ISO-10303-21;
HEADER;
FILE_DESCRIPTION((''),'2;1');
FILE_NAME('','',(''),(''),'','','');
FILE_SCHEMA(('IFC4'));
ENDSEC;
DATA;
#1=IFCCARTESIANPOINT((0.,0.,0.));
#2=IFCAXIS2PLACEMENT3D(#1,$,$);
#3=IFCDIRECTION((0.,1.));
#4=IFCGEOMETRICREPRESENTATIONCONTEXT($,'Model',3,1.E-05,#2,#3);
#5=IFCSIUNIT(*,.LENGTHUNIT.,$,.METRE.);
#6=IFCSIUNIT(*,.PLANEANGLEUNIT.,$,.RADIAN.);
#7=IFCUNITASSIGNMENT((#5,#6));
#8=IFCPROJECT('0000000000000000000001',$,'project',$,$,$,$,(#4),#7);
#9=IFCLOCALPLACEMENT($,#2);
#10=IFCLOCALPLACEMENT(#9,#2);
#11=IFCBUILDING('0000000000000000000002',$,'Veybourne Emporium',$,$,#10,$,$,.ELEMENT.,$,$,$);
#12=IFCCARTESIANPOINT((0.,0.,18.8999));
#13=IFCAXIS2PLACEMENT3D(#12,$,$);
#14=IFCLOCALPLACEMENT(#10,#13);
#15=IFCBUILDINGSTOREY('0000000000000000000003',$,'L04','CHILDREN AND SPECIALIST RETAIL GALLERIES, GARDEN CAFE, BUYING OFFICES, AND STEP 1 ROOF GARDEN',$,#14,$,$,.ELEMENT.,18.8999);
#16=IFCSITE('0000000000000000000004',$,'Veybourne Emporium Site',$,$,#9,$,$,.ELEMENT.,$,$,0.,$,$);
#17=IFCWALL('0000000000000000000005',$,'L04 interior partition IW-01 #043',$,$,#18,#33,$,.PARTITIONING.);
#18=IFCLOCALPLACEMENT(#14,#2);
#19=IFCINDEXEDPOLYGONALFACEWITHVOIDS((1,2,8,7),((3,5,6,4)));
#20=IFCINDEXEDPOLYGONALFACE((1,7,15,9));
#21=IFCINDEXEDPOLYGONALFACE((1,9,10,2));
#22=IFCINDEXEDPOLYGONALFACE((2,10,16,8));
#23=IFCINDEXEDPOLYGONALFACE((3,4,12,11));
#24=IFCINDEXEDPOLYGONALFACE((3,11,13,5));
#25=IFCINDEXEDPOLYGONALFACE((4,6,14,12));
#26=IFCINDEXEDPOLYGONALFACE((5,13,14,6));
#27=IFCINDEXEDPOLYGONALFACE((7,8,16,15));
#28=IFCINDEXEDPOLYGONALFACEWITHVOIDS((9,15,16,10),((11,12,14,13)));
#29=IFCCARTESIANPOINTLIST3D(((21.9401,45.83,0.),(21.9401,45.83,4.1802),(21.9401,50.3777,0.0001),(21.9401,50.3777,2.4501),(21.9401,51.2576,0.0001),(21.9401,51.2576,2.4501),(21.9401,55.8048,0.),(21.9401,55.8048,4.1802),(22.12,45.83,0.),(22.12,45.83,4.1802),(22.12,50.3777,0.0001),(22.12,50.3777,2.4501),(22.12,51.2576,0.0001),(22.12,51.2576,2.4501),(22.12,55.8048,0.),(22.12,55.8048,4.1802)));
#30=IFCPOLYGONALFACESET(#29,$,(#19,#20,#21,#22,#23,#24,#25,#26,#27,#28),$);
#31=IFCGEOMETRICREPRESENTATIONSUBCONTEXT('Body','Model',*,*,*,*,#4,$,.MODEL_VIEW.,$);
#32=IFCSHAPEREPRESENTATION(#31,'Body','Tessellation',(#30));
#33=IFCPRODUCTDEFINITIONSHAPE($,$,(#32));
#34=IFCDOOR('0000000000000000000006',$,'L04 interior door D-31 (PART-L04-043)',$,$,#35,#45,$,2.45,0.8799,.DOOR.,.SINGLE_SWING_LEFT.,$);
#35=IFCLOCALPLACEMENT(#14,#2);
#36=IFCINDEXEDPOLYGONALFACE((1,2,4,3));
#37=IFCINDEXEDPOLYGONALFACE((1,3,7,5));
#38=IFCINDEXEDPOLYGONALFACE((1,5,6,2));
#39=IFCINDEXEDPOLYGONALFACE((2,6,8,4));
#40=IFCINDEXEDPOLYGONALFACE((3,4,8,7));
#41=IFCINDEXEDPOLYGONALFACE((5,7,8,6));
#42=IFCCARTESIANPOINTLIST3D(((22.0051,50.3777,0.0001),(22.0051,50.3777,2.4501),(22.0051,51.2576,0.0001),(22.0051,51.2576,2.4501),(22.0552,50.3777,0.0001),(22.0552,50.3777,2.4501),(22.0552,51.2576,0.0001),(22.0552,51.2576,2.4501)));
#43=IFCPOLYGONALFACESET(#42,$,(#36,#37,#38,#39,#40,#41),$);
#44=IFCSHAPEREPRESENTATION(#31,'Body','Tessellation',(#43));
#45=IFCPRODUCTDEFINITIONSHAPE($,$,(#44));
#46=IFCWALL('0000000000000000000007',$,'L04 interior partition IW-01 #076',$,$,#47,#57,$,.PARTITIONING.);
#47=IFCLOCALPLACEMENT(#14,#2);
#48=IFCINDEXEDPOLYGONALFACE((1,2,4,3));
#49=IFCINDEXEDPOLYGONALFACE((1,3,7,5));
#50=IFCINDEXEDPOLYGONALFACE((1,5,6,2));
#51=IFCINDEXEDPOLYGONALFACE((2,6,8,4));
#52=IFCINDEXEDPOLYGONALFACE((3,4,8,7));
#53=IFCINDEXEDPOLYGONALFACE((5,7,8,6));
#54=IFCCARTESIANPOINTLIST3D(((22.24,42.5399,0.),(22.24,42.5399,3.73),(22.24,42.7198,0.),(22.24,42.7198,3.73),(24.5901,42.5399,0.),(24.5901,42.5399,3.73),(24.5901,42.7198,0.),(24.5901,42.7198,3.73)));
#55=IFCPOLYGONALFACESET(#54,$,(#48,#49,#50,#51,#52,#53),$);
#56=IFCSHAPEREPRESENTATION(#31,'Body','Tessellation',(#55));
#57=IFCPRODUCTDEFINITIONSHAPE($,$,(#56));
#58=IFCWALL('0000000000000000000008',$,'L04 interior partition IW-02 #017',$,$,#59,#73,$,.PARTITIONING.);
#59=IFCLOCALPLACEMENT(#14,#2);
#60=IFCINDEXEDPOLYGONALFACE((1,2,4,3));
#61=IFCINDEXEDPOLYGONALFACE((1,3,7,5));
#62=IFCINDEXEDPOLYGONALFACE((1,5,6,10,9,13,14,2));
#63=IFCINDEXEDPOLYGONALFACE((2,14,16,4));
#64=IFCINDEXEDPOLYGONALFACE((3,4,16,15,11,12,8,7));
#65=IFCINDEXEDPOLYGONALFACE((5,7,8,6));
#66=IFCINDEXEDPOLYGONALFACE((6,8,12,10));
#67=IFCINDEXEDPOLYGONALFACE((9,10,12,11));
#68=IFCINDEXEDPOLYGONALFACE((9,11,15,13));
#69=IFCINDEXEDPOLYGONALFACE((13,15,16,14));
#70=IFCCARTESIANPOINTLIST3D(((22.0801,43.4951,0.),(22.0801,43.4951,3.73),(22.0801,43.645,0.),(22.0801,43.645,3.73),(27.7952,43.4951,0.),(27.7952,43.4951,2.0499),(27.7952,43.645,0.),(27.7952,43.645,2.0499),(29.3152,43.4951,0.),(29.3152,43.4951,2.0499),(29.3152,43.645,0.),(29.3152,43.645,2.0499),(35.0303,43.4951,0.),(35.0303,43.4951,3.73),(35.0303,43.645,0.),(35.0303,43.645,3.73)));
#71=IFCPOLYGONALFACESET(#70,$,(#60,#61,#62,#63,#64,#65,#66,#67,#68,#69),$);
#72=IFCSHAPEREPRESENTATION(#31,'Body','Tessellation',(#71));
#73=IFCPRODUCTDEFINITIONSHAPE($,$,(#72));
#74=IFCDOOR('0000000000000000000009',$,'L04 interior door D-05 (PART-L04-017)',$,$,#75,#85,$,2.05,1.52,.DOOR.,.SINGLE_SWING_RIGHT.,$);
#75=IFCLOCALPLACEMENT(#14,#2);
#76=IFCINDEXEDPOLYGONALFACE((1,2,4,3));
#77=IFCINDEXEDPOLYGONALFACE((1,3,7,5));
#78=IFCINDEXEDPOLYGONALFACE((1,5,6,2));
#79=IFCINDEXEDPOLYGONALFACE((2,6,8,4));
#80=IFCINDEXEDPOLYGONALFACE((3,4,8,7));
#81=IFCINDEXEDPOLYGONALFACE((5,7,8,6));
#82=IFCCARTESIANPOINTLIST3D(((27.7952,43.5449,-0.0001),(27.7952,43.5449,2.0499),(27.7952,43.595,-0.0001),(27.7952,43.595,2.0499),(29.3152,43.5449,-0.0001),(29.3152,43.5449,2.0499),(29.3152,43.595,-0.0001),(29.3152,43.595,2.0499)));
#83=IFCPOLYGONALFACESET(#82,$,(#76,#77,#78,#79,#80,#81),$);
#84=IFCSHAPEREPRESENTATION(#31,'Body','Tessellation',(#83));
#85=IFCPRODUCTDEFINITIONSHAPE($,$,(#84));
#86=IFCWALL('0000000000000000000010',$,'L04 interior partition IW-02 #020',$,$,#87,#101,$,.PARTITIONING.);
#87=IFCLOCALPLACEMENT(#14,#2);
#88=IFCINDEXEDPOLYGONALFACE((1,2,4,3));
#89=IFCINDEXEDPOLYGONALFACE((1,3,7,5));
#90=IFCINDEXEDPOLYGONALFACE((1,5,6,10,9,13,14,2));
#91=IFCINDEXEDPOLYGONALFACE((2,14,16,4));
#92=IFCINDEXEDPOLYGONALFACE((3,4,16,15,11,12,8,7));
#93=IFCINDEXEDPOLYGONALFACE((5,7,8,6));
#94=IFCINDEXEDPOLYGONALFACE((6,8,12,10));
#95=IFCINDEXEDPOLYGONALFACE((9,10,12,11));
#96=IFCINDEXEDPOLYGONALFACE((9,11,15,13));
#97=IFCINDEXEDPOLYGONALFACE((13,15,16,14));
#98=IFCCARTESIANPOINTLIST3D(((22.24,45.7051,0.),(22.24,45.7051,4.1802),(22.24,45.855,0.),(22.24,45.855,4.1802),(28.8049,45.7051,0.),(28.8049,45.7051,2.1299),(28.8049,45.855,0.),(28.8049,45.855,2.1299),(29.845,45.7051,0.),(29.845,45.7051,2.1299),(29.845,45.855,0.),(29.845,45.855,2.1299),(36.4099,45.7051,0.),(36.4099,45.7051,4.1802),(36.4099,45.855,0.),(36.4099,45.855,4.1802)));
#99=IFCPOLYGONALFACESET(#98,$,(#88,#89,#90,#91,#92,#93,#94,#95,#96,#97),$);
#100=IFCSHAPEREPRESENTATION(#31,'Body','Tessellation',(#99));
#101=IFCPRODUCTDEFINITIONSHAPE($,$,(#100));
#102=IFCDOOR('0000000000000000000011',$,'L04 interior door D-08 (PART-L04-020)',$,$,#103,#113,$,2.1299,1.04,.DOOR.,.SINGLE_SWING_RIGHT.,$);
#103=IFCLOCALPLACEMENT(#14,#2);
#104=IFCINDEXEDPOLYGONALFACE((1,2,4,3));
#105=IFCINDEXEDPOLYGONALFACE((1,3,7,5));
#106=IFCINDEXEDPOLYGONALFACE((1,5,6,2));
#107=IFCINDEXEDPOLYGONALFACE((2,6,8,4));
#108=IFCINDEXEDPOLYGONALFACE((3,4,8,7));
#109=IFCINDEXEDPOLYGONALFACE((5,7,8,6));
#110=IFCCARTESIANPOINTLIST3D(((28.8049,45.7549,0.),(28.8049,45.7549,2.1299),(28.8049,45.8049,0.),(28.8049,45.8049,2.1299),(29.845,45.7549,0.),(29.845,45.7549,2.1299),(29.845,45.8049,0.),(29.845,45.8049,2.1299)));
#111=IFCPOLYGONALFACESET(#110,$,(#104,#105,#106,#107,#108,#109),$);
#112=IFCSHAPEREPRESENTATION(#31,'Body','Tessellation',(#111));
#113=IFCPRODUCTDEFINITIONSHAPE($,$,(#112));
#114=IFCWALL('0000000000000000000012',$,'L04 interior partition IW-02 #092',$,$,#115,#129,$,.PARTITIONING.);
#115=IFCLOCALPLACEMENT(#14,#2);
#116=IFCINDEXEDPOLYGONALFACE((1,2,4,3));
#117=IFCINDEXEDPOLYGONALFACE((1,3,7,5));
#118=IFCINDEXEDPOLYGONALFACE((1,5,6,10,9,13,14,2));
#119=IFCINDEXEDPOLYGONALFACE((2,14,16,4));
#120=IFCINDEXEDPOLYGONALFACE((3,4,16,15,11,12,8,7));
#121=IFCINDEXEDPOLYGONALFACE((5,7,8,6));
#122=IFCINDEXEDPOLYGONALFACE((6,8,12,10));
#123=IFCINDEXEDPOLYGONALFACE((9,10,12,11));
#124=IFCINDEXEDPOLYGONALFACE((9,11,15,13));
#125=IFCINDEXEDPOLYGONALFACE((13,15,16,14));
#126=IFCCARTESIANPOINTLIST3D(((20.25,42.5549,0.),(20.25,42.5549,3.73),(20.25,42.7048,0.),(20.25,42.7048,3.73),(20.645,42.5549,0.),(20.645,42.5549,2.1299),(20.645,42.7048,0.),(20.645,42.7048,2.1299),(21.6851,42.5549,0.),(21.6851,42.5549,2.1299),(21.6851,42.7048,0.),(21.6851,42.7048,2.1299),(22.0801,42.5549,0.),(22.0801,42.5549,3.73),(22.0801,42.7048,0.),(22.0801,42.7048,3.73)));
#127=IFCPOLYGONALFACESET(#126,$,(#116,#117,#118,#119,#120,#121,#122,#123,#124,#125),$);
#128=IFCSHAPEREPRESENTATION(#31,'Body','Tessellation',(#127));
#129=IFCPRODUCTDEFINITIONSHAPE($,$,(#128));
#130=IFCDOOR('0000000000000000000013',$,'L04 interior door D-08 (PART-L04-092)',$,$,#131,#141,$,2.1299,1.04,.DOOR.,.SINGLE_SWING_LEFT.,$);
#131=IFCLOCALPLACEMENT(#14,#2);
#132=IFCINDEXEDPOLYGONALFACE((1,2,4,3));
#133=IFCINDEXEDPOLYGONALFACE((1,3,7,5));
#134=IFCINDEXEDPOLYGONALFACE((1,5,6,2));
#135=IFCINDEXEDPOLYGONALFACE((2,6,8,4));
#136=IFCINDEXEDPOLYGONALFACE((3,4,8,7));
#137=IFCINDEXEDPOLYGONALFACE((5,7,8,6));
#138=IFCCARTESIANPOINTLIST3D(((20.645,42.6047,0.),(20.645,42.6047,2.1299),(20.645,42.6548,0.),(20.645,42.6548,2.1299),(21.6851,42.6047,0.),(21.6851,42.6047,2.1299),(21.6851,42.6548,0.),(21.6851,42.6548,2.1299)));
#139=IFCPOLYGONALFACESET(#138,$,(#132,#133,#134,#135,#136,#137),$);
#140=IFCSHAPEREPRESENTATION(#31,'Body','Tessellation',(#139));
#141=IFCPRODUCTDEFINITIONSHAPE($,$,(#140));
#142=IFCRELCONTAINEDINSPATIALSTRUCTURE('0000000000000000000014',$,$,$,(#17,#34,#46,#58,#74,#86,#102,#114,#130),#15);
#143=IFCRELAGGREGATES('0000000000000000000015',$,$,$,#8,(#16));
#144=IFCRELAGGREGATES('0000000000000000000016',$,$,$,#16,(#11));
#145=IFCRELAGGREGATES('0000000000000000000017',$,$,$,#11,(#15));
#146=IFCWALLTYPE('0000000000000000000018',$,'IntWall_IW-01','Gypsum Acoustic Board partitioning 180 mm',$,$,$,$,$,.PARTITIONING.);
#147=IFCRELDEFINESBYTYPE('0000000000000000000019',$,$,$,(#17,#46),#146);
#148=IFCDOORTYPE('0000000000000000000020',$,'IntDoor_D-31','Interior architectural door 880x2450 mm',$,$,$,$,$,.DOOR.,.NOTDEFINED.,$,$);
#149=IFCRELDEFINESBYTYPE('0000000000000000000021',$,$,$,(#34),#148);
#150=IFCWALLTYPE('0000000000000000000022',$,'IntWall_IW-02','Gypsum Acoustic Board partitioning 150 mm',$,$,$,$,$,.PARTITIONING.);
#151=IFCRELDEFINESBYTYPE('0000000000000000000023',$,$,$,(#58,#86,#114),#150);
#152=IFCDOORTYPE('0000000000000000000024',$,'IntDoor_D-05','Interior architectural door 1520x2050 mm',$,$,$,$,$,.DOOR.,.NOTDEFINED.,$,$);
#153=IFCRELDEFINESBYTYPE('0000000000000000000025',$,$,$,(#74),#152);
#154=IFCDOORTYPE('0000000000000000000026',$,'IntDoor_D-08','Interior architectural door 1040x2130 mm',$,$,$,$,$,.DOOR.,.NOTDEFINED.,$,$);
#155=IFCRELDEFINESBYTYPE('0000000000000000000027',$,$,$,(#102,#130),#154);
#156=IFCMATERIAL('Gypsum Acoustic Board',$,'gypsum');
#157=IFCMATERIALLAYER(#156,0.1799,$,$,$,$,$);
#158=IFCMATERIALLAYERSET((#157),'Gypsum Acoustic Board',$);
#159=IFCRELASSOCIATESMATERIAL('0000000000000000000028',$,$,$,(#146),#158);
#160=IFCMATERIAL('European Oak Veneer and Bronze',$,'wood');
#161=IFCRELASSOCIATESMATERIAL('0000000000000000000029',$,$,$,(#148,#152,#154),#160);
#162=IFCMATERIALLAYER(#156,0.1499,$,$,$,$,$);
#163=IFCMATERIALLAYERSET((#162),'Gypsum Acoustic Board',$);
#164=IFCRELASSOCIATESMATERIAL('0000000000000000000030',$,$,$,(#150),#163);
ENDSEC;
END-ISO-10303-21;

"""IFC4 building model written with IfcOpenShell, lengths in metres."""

from ifc_helpers import new_model, si_unit, direction, frame, frame_2d, origin, place, context, subcontext, project, spatial, rectangle, extrude, material, layer, layer_set, type_object, element, fill, save


model = new_model("IFC4")

# Units and contexts
model_context = context("Model", 3, precision=1e-05, world=origin(), true_north=direction((0.0, 1.0)))
body_context = subcontext(model_context, "Body", "Model", "MODEL_VIEW")
ifc_project = project(units=[si_unit("LENGTHUNIT", "METRE"), si_unit("PLANEANGLEUNIT", "RADIAN")], contexts=[model_context])

# Site, building, storey
site_placement = place(None, origin())
site = spatial("IfcSite", under=ifc_project, at=site_placement, Name="Veybourne Emporium Site", CompositionType="ELEMENT", RefElevation=0.0)
building_placement = place(site_placement, origin())
building = spatial("IfcBuilding", under=site, at=building_placement, Name="Veybourne Emporium", CompositionType="ELEMENT")
storey_placement = place(building_placement, frame((0.0, 0.0, 18.8999)))
storey = spatial("IfcBuildingStorey", under=building, at=storey_placement, Name="L04", Description="CHILDREN AND SPECIALIST RETAIL GALLERIES, GARDEN CAFE, BUYING OFFICES, AND STEP 1 ROOF GARDEN", CompositionType="ELEMENT", Elevation=18.8999)

# Wall, opening, door
ifc_material_1 = material(Name="Gypsum Acoustic Board", Category="gypsum")
ifc_layer_1 = layer(ifc_material_1, 0.1799)
ifc_layer_set_1 = layer_set([ifc_layer_1], Name="Gypsum Acoustic Board")
wall_type_1 = type_object("IfcWallType", Name="IntWall_IW-01", Description="Gypsum Acoustic Board partitioning 180 mm", PredefinedType="PARTITIONING", material=ifc_layer_set_1)
wall_1_placement = place(storey_placement, frame((22.03, 45.8301, 0.0), z_axis=(0.0, 0.0, 1.0), x_axis=(0.0, 1.0, 0.0)))
wall_1 = element("IfcWall", 1, at=wall_1_placement, inside=storey, type_object=wall_type_1, Name="L04 interior partition IW-01 #043", PredefinedType="PARTITIONING", context=body_context, shape_type="SweptSolid", body=[
    extrude(rectangle(XDim=9.9749, YDim=0.1799, at=frame_2d((4.9873, 0.0))), origin(), (0.0, 0.0, 1.0), 4.1802),
])
opening_1_placement = place(wall_1_placement, frame((4.5476, 0.0, 0.0)))
opening_1 = element("IfcOpeningElement", 2, at=opening_1_placement, cuts=wall_1, PredefinedType="OPENING", context=body_context, shape_type="SweptSolid", body=[
    extrude(rectangle(XDim=0.8799, YDim=2.45, at=frame_2d((0.4399, 1.2251))), frame((0.0, 0.1099, 0.0), z_axis=(0.0, -1.0, 0.0), x_axis=(1.0, 0.0, 0.0)), (0.0, 0.0, 1.0), 0.22),
])
ifc_material_2 = material(Name="European Oak Veneer and Bronze", Category="wood")
door_type_1 = type_object("IfcDoorType", Name="IntDoor_D-31", Description="Interior architectural door 880x2450 mm", OperationType="NOTDEFINED", PredefinedType="DOOR", material=ifc_material_2)
door_1_placement = place(opening_1_placement, origin())
door_1 = element("IfcDoor", 3, at=door_1_placement, inside=storey, type_object=door_type_1, Name="L04 interior door D-31 (PART-L04-043)", OperationType="SINGLE_SWING_LEFT", OverallHeight=2.45, OverallWidth=0.8799, PredefinedType="DOOR", context=body_context, shape_type="SweptSolid", body=[
    extrude(rectangle(XDim=0.8799, YDim=2.45, at=frame_2d((0.4399, 1.2251))), frame((0.0, 0.0249, 0.0), z_axis=(0.0, -1.0, 0.0), x_axis=(1.0, 0.0, 0.0)), (0.0, 0.0, 1.0), 0.05),
])
fill(opening_1, door_1)

# Wall
wall_2_placement = place(storey_placement, frame((22.24, 42.6299, 0.0), z_axis=(0.0, 0.0, 1.0), x_axis=(1.0, 0.0, 0.0)))
element("IfcWall", 4, at=wall_2_placement, inside=storey, type_object=wall_type_1, Name="L04 interior partition IW-01 #076", PredefinedType="PARTITIONING", context=body_context, shape_type="SweptSolid", body=[
    extrude(rectangle(XDim=2.3501, YDim=0.1799, at=frame_2d((1.175, 0.0))), origin(), (0.0, 0.0, 1.0), 3.73),
])

# Walls, openings, doors
ifc_layer_2 = layer(ifc_material_1, 0.1499)
ifc_layer_set_2 = layer_set([ifc_layer_2], Name="Gypsum Acoustic Board")
wall_type_2 = type_object("IfcWallType", Name="IntWall_IW-02", Description="Gypsum Acoustic Board partitioning 150 mm", PredefinedType="PARTITIONING", material=ifc_layer_set_2)
wall_3_placement = place(storey_placement, frame((22.0801, 43.5701, 0.0), z_axis=(0.0, 0.0, 1.0), x_axis=(1.0, 0.0, 0.0)))
wall_3 = element("IfcWall", 5, at=wall_3_placement, inside=storey, type_object=wall_type_2, Name="L04 interior partition IW-02 #017", PredefinedType="PARTITIONING", context=body_context, shape_type="SweptSolid", body=[
    extrude(rectangle(XDim=12.9502, YDim=0.1499, at=frame_2d((6.4751, 0.0))), origin(), (0.0, 0.0, 1.0), 3.73),
])
opening_2_placement = place(wall_3_placement, frame((5.7151, 0.0, 0.0)))
opening_2 = element("IfcOpeningElement", 6, at=opening_2_placement, cuts=wall_3, PredefinedType="OPENING", context=body_context, shape_type="SweptSolid", body=[
    extrude(rectangle(XDim=1.52, YDim=2.05, at=frame_2d((0.76, 1.0249))), frame((0.0, 0.095, 0.0), z_axis=(0.0, -1.0, 0.0), x_axis=(1.0, 0.0, 0.0)), (0.0, 0.0, 1.0), 0.1899),
])
door_type_2 = type_object("IfcDoorType", Name="IntDoor_D-05", Description="Interior architectural door 1520x2050 mm", OperationType="NOTDEFINED", PredefinedType="DOOR", material=ifc_material_2)
door_2_placement = place(opening_2_placement, origin())
door_2 = element("IfcDoor", 7, at=door_2_placement, inside=storey, type_object=door_type_2, Name="L04 interior door D-05 (PART-L04-017)", OperationType="SINGLE_SWING_RIGHT", OverallHeight=2.05, OverallWidth=1.52, PredefinedType="DOOR", context=body_context, shape_type="SweptSolid", body=[
    extrude(rectangle(XDim=1.52, YDim=2.05, at=frame_2d((0.76, 1.0249))), frame((0.0, 0.0249, 0.0), z_axis=(0.0, -1.0, 0.0), x_axis=(1.0, 0.0, 0.0)), (0.0, 0.0, 1.0), 0.05),
])
fill(opening_2, door_2)
wall_4_placement = place(storey_placement, frame((22.24, 45.78, 0.0), z_axis=(0.0, 0.0, 1.0), x_axis=(1.0, 0.0, 0.0)))
wall_4 = element("IfcWall", 8, at=wall_4_placement, inside=storey, type_object=wall_type_2, Name="L04 interior partition IW-02 #020", PredefinedType="PARTITIONING", context=body_context, shape_type="SweptSolid", body=[
    extrude(rectangle(XDim=14.1699, YDim=0.1499, at=frame_2d((7.085, 0.0))), origin(), (0.0, 0.0, 1.0), 4.1802),
])
opening_3_placement = place(wall_4_placement, frame((6.5649, 0.0, 0.0)))
opening_3 = element("IfcOpeningElement", 9, at=opening_3_placement, cuts=wall_4, PredefinedType="OPENING", context=body_context, shape_type="SweptSolid", body=[
    extrude(rectangle(XDim=1.04, YDim=2.1299, at=frame_2d((0.52, 1.0649))), frame((0.0, 0.095, 0.0), z_axis=(0.0, -1.0, 0.0), x_axis=(1.0, 0.0, 0.0)), (0.0, 0.0, 1.0), 0.1899),
])
door_type_3 = type_object("IfcDoorType", Name="IntDoor_D-08", Description="Interior architectural door 1040x2130 mm", OperationType="NOTDEFINED", PredefinedType="DOOR", material=ifc_material_2)
door_3_placement = place(opening_3_placement, origin())
door_3 = element("IfcDoor", 10, at=door_3_placement, inside=storey, type_object=door_type_3, Name="L04 interior door D-08 (PART-L04-020)", OperationType="SINGLE_SWING_RIGHT", OverallHeight=2.1299, OverallWidth=1.04, PredefinedType="DOOR", context=body_context, shape_type="SweptSolid", body=[
    extrude(rectangle(XDim=1.04, YDim=2.1299, at=frame_2d((0.52, 1.0649))), frame((0.0, 0.0249, 0.0), z_axis=(0.0, -1.0, 0.0), x_axis=(1.0, 0.0, 0.0)), (0.0, 0.0, 1.0), 0.05),
])
fill(opening_3, door_3)
wall_5_placement = place(storey_placement, frame((20.25, 42.6299, 0.0), z_axis=(0.0, 0.0, 1.0), x_axis=(1.0, 0.0, 0.0)))
wall_5 = element("IfcWall", 11, at=wall_5_placement, inside=storey, type_object=wall_type_2, Name="L04 interior partition IW-02 #092", PredefinedType="PARTITIONING", context=body_context, shape_type="SweptSolid", body=[
    extrude(rectangle(XDim=1.8301, YDim=0.1499, at=frame_2d((0.915, 0.0))), origin(), (0.0, 0.0, 1.0), 3.73),
])
opening_4_placement = place(wall_5_placement, frame((0.395, 0.0, 0.0)))
opening_4 = element("IfcOpeningElement", 12, at=opening_4_placement, cuts=wall_5, PredefinedType="OPENING", context=body_context, shape_type="SweptSolid", body=[
    extrude(rectangle(XDim=1.04, YDim=2.1299, at=frame_2d((0.52, 1.0649))), frame((0.0, 0.095, 0.0), z_axis=(0.0, -1.0, 0.0), x_axis=(1.0, 0.0, 0.0)), (0.0, 0.0, 1.0), 0.1899),
])
door_4_placement = place(opening_4_placement, origin())
door_4 = element("IfcDoor", 13, at=door_4_placement, inside=storey, type_object=door_type_3, Name="L04 interior door D-08 (PART-L04-092)", OperationType="SINGLE_SWING_LEFT", OverallHeight=2.1299, OverallWidth=1.04, PredefinedType="DOOR", context=body_context, shape_type="SweptSolid", body=[
    extrude(rectangle(XDim=1.04, YDim=2.1299, at=frame_2d((0.52, 1.0649))), frame((0.0, 0.0249, 0.0), z_axis=(0.0, -1.0, 0.0), x_axis=(1.0, 0.0, 0.0)), (0.0, 0.0, 1.0), 0.05),
])
fill(opening_4, door_4)

save(model, "model.ifc")
